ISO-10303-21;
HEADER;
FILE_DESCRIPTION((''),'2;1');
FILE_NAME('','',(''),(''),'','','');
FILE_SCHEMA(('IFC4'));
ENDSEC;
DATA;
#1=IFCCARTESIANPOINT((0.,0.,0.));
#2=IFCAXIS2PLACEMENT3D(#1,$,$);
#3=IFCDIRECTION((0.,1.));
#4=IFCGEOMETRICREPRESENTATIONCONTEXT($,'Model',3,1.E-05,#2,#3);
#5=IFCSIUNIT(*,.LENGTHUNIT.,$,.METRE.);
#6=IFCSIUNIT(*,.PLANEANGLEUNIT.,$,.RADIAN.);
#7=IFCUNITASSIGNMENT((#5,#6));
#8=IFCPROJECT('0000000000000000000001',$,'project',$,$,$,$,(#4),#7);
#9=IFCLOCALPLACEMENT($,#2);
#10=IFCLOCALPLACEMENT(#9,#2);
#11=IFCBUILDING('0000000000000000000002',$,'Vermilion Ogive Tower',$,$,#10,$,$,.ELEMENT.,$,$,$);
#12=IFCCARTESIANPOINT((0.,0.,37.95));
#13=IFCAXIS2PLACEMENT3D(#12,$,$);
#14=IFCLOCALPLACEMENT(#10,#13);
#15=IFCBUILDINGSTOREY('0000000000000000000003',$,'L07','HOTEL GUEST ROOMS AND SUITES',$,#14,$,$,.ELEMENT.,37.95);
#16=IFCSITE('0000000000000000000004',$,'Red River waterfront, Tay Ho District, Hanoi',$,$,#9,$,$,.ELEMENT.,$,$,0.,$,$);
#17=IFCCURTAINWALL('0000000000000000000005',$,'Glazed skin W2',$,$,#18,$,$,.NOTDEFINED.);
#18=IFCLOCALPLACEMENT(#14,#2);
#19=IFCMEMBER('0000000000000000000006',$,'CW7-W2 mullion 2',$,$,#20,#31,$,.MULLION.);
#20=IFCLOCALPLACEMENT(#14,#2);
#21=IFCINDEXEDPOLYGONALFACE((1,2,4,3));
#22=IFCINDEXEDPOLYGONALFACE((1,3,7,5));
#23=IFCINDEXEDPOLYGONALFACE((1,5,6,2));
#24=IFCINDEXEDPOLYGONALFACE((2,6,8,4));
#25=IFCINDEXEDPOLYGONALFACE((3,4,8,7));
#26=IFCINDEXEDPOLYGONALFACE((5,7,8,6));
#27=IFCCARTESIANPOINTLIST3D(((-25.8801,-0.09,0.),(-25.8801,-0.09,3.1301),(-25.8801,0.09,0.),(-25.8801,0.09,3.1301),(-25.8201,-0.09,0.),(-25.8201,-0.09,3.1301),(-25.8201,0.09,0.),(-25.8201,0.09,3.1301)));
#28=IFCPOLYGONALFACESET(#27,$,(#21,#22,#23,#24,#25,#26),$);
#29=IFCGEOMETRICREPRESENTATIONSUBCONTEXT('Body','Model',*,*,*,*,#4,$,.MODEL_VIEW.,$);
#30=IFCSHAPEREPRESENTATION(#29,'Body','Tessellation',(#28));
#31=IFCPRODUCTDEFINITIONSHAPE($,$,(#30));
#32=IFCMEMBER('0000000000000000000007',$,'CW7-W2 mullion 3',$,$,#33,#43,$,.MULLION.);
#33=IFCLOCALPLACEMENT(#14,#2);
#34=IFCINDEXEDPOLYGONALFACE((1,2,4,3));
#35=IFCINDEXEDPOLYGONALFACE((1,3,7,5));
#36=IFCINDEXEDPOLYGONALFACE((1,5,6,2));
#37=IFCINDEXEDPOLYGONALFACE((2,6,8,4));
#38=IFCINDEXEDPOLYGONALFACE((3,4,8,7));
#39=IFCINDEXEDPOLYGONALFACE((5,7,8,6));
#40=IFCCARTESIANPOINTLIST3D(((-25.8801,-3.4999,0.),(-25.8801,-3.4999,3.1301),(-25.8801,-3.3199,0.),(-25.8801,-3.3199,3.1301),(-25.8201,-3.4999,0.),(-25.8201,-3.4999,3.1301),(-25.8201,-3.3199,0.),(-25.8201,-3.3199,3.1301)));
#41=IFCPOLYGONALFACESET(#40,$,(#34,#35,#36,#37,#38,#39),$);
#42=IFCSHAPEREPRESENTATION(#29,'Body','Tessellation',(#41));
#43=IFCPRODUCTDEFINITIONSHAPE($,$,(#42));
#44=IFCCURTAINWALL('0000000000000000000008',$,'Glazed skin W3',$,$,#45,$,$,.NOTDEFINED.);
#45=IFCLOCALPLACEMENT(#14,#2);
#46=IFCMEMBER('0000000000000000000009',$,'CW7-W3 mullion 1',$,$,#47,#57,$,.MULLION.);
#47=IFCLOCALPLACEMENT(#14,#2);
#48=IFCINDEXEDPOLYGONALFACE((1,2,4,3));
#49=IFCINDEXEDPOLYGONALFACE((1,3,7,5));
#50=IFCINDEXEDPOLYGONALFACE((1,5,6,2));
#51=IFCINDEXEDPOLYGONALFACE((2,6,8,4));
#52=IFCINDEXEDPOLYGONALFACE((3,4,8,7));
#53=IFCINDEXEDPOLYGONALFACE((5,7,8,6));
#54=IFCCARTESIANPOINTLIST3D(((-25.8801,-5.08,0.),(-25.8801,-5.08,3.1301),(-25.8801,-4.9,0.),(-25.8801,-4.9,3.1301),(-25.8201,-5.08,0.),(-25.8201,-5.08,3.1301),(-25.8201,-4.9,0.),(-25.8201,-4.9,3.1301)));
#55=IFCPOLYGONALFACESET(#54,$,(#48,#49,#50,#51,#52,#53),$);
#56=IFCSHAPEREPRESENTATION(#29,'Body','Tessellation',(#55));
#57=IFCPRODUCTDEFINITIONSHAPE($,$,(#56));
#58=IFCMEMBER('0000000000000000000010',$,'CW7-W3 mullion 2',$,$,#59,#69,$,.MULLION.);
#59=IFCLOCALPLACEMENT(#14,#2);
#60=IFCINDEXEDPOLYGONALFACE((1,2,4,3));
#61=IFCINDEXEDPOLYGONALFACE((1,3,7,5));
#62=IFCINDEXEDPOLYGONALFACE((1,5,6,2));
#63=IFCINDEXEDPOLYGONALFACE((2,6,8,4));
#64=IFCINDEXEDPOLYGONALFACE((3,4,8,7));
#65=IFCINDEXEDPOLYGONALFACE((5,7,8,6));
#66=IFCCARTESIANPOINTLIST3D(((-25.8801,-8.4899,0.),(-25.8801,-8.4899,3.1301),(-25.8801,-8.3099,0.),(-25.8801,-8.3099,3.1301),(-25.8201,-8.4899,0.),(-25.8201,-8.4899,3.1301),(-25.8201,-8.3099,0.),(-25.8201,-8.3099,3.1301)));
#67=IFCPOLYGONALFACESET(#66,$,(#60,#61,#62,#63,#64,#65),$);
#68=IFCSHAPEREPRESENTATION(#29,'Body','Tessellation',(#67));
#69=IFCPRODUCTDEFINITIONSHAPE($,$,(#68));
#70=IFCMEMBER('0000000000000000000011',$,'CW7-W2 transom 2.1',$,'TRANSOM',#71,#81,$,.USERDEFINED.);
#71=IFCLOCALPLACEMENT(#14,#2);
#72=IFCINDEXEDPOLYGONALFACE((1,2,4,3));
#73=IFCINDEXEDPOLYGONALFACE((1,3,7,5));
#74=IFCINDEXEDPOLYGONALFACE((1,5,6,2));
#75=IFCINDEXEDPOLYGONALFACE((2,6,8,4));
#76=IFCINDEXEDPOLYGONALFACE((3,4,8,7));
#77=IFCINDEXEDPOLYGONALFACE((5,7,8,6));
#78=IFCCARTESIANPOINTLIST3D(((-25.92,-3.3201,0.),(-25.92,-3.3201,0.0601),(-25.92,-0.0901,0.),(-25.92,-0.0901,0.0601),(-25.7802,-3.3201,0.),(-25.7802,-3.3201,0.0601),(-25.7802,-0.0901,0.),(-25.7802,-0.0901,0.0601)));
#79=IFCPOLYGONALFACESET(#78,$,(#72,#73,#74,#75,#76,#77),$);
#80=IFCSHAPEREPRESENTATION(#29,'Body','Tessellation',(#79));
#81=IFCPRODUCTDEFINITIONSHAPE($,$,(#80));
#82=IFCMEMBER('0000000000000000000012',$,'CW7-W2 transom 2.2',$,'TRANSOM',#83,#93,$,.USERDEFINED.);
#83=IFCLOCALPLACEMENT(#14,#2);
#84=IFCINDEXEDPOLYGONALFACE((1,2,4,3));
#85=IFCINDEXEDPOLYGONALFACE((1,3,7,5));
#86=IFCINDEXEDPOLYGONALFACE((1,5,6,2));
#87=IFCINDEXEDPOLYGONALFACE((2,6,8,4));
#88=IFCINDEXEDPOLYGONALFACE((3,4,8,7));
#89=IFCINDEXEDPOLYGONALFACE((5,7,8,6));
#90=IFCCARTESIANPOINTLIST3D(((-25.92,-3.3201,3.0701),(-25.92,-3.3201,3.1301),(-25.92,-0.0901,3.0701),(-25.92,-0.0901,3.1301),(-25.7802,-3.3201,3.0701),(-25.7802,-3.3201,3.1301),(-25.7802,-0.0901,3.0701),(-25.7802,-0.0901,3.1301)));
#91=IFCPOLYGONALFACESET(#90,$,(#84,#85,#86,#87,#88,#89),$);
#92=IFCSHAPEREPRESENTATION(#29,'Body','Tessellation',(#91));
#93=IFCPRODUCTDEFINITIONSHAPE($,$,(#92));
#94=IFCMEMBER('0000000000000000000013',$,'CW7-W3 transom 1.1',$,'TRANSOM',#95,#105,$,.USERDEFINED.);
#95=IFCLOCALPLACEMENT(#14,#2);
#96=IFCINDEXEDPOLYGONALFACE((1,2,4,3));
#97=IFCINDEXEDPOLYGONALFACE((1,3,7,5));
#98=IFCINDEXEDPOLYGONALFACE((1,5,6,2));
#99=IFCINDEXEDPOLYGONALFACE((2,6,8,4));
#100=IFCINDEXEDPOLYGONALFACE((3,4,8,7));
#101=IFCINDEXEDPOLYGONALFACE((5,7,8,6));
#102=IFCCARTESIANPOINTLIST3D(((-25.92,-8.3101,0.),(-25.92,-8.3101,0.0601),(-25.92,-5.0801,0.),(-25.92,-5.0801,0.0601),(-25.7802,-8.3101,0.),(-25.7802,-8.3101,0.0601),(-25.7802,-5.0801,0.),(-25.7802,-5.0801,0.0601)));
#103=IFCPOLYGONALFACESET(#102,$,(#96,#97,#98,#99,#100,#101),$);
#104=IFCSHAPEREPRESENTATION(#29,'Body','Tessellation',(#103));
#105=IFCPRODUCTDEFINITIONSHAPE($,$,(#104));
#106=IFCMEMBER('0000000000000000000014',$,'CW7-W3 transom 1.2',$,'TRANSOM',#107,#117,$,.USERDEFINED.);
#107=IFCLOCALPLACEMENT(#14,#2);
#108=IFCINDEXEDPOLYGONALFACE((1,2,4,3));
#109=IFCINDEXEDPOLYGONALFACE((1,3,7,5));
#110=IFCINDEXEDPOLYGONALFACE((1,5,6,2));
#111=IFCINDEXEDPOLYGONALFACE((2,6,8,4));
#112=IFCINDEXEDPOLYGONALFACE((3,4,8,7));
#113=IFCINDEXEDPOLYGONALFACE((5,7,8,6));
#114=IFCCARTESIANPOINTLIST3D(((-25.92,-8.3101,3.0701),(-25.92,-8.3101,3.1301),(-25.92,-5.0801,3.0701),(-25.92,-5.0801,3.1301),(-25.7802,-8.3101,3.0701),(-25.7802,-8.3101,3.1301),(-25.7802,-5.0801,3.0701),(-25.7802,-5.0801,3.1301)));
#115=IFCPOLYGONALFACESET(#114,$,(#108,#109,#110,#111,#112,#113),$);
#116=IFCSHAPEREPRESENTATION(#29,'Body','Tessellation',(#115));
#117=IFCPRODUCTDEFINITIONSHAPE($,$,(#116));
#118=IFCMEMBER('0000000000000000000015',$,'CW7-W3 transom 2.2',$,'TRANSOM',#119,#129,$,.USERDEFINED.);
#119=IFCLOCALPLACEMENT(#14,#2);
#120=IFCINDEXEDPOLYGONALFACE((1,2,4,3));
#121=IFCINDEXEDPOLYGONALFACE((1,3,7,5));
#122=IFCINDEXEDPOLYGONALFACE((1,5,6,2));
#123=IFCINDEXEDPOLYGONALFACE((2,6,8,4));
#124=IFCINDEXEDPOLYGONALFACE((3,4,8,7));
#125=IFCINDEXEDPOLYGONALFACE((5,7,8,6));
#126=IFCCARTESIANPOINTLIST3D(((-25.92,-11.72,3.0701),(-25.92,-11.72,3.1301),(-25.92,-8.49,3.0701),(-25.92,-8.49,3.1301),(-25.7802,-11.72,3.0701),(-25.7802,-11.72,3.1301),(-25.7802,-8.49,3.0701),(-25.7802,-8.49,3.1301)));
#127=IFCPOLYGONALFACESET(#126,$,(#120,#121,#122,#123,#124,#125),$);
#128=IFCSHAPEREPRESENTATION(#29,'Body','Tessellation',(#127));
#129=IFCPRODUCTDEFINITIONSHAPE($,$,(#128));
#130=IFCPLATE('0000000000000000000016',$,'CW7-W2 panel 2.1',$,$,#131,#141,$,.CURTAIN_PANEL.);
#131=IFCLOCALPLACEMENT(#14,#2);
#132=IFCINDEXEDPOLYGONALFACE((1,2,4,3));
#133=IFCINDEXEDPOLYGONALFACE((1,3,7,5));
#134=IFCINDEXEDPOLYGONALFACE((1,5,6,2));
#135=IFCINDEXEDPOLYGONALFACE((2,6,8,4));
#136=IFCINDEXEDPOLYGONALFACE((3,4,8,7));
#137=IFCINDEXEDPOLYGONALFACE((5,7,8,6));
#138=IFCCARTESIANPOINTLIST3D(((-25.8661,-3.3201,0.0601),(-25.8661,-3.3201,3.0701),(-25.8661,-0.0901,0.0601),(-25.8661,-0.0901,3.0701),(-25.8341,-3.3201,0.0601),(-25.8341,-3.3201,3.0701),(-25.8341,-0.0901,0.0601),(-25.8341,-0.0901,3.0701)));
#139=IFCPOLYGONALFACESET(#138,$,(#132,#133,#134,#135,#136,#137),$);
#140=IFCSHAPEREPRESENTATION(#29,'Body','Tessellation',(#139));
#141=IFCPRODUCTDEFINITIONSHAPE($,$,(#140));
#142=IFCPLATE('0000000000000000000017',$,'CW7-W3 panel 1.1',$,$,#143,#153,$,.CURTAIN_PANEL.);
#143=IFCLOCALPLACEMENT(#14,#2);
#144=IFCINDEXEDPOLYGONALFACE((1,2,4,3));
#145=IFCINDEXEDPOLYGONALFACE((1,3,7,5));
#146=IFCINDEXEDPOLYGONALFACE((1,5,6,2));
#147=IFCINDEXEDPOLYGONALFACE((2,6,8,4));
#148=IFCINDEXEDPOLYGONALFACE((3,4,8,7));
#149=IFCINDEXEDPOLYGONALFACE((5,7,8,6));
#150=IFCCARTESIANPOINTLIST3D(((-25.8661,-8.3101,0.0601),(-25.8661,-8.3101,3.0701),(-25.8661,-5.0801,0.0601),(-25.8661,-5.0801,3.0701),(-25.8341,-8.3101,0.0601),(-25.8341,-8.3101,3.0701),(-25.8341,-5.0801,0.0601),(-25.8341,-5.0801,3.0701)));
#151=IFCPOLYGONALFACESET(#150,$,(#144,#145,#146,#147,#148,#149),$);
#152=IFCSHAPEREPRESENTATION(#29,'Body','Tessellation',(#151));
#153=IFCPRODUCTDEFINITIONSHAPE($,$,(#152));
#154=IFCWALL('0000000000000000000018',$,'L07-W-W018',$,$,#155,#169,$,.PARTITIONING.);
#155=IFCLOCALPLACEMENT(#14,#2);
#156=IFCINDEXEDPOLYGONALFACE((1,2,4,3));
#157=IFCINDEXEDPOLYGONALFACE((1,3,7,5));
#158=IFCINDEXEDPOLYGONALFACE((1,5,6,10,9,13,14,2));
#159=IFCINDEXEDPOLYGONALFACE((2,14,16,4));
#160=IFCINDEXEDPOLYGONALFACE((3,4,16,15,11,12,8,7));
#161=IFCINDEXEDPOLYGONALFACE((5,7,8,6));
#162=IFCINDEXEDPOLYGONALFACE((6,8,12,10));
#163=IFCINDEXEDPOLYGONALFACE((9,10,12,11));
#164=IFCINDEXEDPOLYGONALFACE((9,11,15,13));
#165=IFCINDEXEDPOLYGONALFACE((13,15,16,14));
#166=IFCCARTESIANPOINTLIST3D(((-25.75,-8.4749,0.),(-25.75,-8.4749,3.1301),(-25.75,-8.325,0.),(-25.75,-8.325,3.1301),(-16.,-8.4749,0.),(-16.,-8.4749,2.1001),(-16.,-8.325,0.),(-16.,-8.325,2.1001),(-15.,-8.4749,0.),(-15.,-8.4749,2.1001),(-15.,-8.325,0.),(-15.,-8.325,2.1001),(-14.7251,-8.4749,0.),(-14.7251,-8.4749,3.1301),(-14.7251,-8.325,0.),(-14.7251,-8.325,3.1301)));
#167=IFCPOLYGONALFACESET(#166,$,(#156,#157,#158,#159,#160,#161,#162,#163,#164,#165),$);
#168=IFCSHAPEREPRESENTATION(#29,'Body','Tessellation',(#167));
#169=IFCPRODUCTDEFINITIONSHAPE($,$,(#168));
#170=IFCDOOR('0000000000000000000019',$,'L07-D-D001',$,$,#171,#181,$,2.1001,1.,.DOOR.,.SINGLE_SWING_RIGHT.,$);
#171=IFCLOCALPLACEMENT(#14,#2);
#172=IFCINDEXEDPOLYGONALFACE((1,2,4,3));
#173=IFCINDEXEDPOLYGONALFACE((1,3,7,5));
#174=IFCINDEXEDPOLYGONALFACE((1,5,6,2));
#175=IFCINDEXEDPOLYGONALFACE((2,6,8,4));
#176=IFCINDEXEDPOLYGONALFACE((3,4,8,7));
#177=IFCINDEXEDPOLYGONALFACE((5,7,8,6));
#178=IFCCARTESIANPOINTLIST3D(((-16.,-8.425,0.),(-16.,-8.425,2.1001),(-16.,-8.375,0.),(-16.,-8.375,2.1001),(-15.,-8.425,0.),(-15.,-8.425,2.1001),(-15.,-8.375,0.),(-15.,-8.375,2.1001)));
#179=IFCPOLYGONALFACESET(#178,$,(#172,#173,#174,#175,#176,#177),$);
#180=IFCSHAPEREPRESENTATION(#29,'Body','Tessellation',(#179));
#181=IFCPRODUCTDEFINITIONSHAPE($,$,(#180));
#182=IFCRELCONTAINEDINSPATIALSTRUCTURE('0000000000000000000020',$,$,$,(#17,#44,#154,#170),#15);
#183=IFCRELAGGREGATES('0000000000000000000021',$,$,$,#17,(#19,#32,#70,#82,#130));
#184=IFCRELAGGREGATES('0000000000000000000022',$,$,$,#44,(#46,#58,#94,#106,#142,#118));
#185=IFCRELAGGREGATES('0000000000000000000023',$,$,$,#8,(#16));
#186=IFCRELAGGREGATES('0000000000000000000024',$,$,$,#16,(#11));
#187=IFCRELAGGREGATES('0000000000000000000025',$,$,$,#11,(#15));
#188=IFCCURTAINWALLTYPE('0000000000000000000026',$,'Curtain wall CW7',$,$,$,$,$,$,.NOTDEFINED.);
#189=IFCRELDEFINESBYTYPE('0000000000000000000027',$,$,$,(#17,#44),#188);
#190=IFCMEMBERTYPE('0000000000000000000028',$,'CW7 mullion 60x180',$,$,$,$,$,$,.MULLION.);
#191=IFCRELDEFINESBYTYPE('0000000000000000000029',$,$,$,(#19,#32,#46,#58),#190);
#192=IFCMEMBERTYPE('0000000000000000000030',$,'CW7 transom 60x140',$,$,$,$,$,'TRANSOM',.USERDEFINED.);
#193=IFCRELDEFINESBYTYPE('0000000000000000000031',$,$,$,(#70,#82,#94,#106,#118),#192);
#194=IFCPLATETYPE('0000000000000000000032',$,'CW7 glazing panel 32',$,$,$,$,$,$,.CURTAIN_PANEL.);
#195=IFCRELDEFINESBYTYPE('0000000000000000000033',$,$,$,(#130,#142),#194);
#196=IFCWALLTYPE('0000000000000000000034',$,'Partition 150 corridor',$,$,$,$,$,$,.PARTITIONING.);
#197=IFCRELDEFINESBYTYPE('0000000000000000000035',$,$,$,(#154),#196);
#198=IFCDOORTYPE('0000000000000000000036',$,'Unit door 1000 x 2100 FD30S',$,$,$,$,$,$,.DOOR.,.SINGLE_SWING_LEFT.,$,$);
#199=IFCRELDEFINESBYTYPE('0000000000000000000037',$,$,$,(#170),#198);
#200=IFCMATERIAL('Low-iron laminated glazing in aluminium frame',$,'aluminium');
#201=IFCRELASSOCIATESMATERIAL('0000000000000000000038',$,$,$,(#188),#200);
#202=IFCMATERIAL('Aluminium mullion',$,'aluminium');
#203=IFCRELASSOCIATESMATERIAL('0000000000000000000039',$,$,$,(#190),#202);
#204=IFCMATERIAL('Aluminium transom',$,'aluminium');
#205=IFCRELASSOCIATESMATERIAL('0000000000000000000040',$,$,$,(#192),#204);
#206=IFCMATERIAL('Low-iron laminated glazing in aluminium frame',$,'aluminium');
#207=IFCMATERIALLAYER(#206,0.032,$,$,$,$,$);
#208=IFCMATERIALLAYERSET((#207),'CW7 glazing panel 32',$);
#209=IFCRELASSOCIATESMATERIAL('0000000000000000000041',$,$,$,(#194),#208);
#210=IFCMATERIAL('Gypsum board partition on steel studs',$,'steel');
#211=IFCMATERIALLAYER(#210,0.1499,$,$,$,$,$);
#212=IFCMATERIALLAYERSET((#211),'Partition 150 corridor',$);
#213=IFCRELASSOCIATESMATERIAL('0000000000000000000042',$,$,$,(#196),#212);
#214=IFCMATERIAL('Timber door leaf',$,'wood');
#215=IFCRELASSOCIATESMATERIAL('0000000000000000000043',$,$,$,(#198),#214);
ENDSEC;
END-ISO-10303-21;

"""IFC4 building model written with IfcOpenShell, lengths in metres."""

from ifc_helpers import new_model, si_unit, direction, frame, frame_2d, origin, origin_2d, place, context, subcontext, project, spatial, rectangle, extrude, material, layer, layer_set, material_profile, profile_set, type_object, element, fill, aggregate, save


model = new_model("IFC4")

# Units and contexts
model_context = context("Model", 3, precision=1e-05, world=origin(), true_north=direction((0.0, 1.0)))
body_context = subcontext(model_context, "Body", "Model", "MODEL_VIEW")
ifc_project = project(units=[si_unit("LENGTHUNIT", "METRE"), si_unit("PLANEANGLEUNIT", "RADIAN")], contexts=[model_context])

# Site, building, storey
site_placement = place(None, origin())
site = spatial("IfcSite", under=ifc_project, at=site_placement, Name="Red River waterfront, Tay Ho District, Hanoi", CompositionType="ELEMENT", RefElevation=0.0)
building_placement = place(site_placement, origin())
building = spatial("IfcBuilding", under=site, at=building_placement, Name="Vermilion Ogive Tower", CompositionType="ELEMENT")
storey_placement = place(building_placement, frame((0.0, 0.0, 37.95)))
storey = spatial("IfcBuildingStorey", under=building, at=storey_placement, Name="L07", Description="HOTEL GUEST ROOMS AND SUITES", CompositionType="ELEMENT", Elevation=37.95)

# Curtain walls, members
ifc_material_1 = material(Name="Low-iron laminated glazing in aluminium frame", Category="aluminium")
curtain_wall_type = type_object("IfcCurtainWallType", Name="Curtain wall CW7", PredefinedType="NOTDEFINED", material=ifc_material_1)
curtain_wall_1_placement = place(storey_placement, origin())
curtain_wall_1 = element("IfcCurtainWall", 1, at=curtain_wall_1_placement, inside=storey, type_object=curtain_wall_type, Name="Glazed skin W2", PredefinedType="NOTDEFINED")
ifc_material_2 = material(Name="Aluminium mullion", Category="aluminium")
ifc_material_profile_1 = material_profile(ifc_material_2, rectangle(XDim=0.0601, YDim=0.1799, at=origin_2d()), Name="AL 60x180")
ifc_profile_set_1 = profile_set([ifc_material_profile_1], Name="Aluminium mullion")
member_type_1 = type_object("IfcMemberType", Name="CW7 mullion 60x180", PredefinedType="MULLION", material=ifc_profile_set_1)
member_1_placement = place(storey_placement, frame((-25.8501, 0.0, 0.0), z_axis=(0.0, 0.0, 1.0), x_axis=(1.0, 0.0, 0.0)))
member_1 = element("IfcMember", 2, at=member_1_placement, type_object=member_type_1, Name="CW7-W2 mullion 2", PredefinedType="MULLION", context=body_context, shape_type="SweptSolid", body=[
    extrude(rectangle(XDim=0.0601, YDim=0.1799, at=origin_2d()), origin(), (0.0, 0.0, 1.0), 3.1301),
])
member_2_placement = place(storey_placement, frame((-25.8501, -3.4099, 0.0), z_axis=(0.0, 0.0, 1.0), x_axis=(1.0, 0.0, 0.0)))
member_2 = element("IfcMember", 3, at=member_2_placement, type_object=member_type_1, Name="CW7-W2 mullion 3", PredefinedType="MULLION", context=body_context, shape_type="SweptSolid", body=[
    extrude(rectangle(XDim=0.0601, YDim=0.1799, at=origin_2d()), origin(), (0.0, 0.0, 1.0), 3.1301),
])
curtain_wall_2_placement = place(storey_placement, origin())
curtain_wall_2 = element("IfcCurtainWall", 4, at=curtain_wall_2_placement, inside=storey, type_object=curtain_wall_type, Name="Glazed skin W3", PredefinedType="NOTDEFINED")
member_3_placement = place(storey_placement, frame((-25.8501, -4.99, 0.0), z_axis=(0.0, 0.0, 1.0), x_axis=(1.0, 0.0, 0.0)))
member_3 = element("IfcMember", 5, at=member_3_placement, type_object=member_type_1, Name="CW7-W3 mullion 1", PredefinedType="MULLION", context=body_context, shape_type="SweptSolid", body=[
    extrude(rectangle(XDim=0.0601, YDim=0.1799, at=origin_2d()), origin(), (0.0, 0.0, 1.0), 3.1301),
])
member_4_placement = place(storey_placement, frame((-25.8501, -8.3999, 0.0), z_axis=(0.0, 0.0, 1.0), x_axis=(1.0, 0.0, 0.0)))
member_4 = element("IfcMember", 6, at=member_4_placement, type_object=member_type_1, Name="CW7-W3 mullion 2", PredefinedType="MULLION", context=body_context, shape_type="SweptSolid", body=[
    extrude(rectangle(XDim=0.0601, YDim=0.1799, at=origin_2d()), origin(), (0.0, 0.0, 1.0), 3.1301),
])

# Members
ifc_material_3 = material(Name="Aluminium transom", Category="aluminium")
ifc_material_profile_2 = material_profile(ifc_material_3, rectangle(XDim=0.1399, YDim=0.0601, at=origin_2d()), Name="AL 60x140")
ifc_profile_set_2 = profile_set([ifc_material_profile_2], Name="Aluminium transom")
member_type_2 = type_object("IfcMemberType", Name="CW7 transom 60x140", ElementType="TRANSOM", PredefinedType="USERDEFINED", material=ifc_profile_set_2)
member_5_placement = place(storey_placement, frame((-25.8501, -0.0901, 0.03), z_axis=(0.0, -1.0, 0.0), x_axis=(1.0, 0.0, 0.0)))
member_5 = element("IfcMember", 7, at=member_5_placement, type_object=member_type_2, Name="CW7-W2 transom 2.1", ObjectType="TRANSOM", PredefinedType="USERDEFINED", context=body_context, shape_type="SweptSolid", body=[
    extrude(rectangle(XDim=0.1399, YDim=0.0601, at=origin_2d()), origin(), (0.0, 0.0, 1.0), 3.23),
])
member_6_placement = place(storey_placement, frame((-25.8501, -0.0901, 3.1001), z_axis=(0.0, -1.0, 0.0), x_axis=(1.0, 0.0, 0.0)))
member_6 = element("IfcMember", 8, at=member_6_placement, type_object=member_type_2, Name="CW7-W2 transom 2.2", ObjectType="TRANSOM", PredefinedType="USERDEFINED", context=body_context, shape_type="SweptSolid", body=[
    extrude(rectangle(XDim=0.1399, YDim=0.0601, at=origin_2d()), origin(), (0.0, 0.0, 1.0), 3.23),
])
member_7_placement = place(storey_placement, frame((-25.8501, -5.0801, 0.03), z_axis=(0.0, -1.0, 0.0), x_axis=(1.0, 0.0, 0.0)))
member_7 = element("IfcMember", 9, at=member_7_placement, type_object=member_type_2, Name="CW7-W3 transom 1.1", ObjectType="TRANSOM", PredefinedType="USERDEFINED", context=body_context, shape_type="SweptSolid", body=[
    extrude(rectangle(XDim=0.1399, YDim=0.0601, at=origin_2d()), origin(), (0.0, 0.0, 1.0), 3.23),
])
member_8_placement = place(storey_placement, frame((-25.8501, -5.0801, 3.1001), z_axis=(0.0, -1.0, 0.0), x_axis=(1.0, 0.0, 0.0)))
member_8 = element("IfcMember", 10, at=member_8_placement, type_object=member_type_2, Name="CW7-W3 transom 1.2", ObjectType="TRANSOM", PredefinedType="USERDEFINED", context=body_context, shape_type="SweptSolid", body=[
    extrude(rectangle(XDim=0.1399, YDim=0.0601, at=origin_2d()), origin(), (0.0, 0.0, 1.0), 3.23),
])
member_9_placement = place(storey_placement, frame((-25.8501, -8.49, 3.1001), z_axis=(0.0, -1.0, 0.0), x_axis=(1.0, 0.0, 0.0)))
member_9 = element("IfcMember", 11, at=member_9_placement, type_object=member_type_2, Name="CW7-W3 transom 2.2", ObjectType="TRANSOM", PredefinedType="USERDEFINED", context=body_context, shape_type="SweptSolid", body=[
    extrude(rectangle(XDim=0.1399, YDim=0.0601, at=origin_2d()), origin(), (0.0, 0.0, 1.0), 3.23),
])

# Plates
ifc_material_4 = material(Name="Low-iron laminated glazing in aluminium frame", Category="aluminium")
ifc_layer_1 = layer(ifc_material_4, 0.032)
ifc_layer_set_1 = layer_set([ifc_layer_1], Name="CW7 glazing panel 32")
plate_type = type_object("IfcPlateType", Name="CW7 glazing panel 32", PredefinedType="CURTAIN_PANEL", material=ifc_layer_set_1)
plate_1_placement = place(storey_placement, frame((-25.8501, -1.7051, 0.0601), z_axis=(0.0, 0.0, 1.0), x_axis=(0.0, -1.0, 0.0)))
plate_1 = element("IfcPlate", 12, at=plate_1_placement, type_object=plate_type, Name="CW7-W2 panel 2.1", PredefinedType="CURTAIN_PANEL", context=body_context, shape_type="SweptSolid", body=[
    extrude(rectangle(XDim=3.23, YDim=0.032, at=origin_2d()), origin(), (0.0, 0.0, 1.0), 3.01),
])
aggregate(curtain_wall_1, [member_1, member_2, member_5, member_6, plate_1])
plate_2_placement = place(storey_placement, frame((-25.8501, -6.6951, 0.0601), z_axis=(0.0, 0.0, 1.0), x_axis=(0.0, -1.0, 0.0)))
plate_2 = element("IfcPlate", 13, at=plate_2_placement, type_object=plate_type, Name="CW7-W3 panel 1.1", PredefinedType="CURTAIN_PANEL", context=body_context, shape_type="SweptSolid", body=[
    extrude(rectangle(XDim=3.23, YDim=0.032, at=origin_2d()), origin(), (0.0, 0.0, 1.0), 3.01),
])
aggregate(curtain_wall_2, [member_3, member_4, member_7, member_8, plate_2, member_9])

# Wall, opening, door
ifc_material_5 = material(Name="Gypsum board partition on steel studs", Category="steel")
ifc_layer_2 = layer(ifc_material_5, 0.1499)
ifc_layer_set_2 = layer_set([ifc_layer_2], Name="Partition 150 corridor")
wall_type = type_object("IfcWallType", Name="Partition 150 corridor", PredefinedType="PARTITIONING", material=ifc_layer_set_2)
wall_placement = place(storey_placement, frame((-25.75, -8.3999, 0.0), z_axis=(0.0, 0.0, 1.0), x_axis=(1.0, 0.0, 0.0)))
wall = element("IfcWall", 14, at=wall_placement, inside=storey, type_object=wall_type, Name="L07-W-W018", PredefinedType="PARTITIONING", context=body_context, shape_type="SweptSolid", body=[
    extrude(rectangle(XDim=11.0249, YDim=0.1499, at=frame_2d((5.5125, 0.0))), origin(), (0.0, 0.0, 1.0), 3.1301),
])
opening_placement = place(wall_placement, frame((9.75, 0.0, 0.0)))
opening = element("IfcOpeningElement", 15, at=opening_placement, cuts=wall, PredefinedType="OPENING", context=body_context, shape_type="SweptSolid", body=[
    extrude(rectangle(XDim=1.0, YDim=2.1001, at=frame_2d((0.5, 1.05))), frame((0.0, 0.085, 0.0), z_axis=(0.0, -1.0, 0.0), x_axis=(1.0, 0.0, 0.0)), (0.0, 0.0, 1.0), 0.1699),
])
ifc_material_6 = material(Name="Timber door leaf", Category="wood")
door_type = type_object("IfcDoorType", Name="Unit door 1000 x 2100 FD30S", OperationType="SINGLE_SWING_LEFT", PredefinedType="DOOR", material=ifc_material_6)
door_placement = place(opening_placement, origin())
door = element("IfcDoor", 16, at=door_placement, inside=storey, type_object=door_type, Name="L07-D-D001", OperationType="SINGLE_SWING_RIGHT", OverallHeight=2.1001, OverallWidth=1.0, PredefinedType="DOOR", context=body_context, shape_type="SweptSolid", body=[
    extrude(rectangle(XDim=1.0, YDim=2.1001, at=frame_2d((0.5, 1.05))), frame((0.0, 0.0249, 0.0), z_axis=(0.0, -1.0, 0.0), x_axis=(1.0, 0.0, 0.0)), (0.0, 0.0, 1.0), 0.05),
])
fill(opening, door)

save(model, "model.ifc")
